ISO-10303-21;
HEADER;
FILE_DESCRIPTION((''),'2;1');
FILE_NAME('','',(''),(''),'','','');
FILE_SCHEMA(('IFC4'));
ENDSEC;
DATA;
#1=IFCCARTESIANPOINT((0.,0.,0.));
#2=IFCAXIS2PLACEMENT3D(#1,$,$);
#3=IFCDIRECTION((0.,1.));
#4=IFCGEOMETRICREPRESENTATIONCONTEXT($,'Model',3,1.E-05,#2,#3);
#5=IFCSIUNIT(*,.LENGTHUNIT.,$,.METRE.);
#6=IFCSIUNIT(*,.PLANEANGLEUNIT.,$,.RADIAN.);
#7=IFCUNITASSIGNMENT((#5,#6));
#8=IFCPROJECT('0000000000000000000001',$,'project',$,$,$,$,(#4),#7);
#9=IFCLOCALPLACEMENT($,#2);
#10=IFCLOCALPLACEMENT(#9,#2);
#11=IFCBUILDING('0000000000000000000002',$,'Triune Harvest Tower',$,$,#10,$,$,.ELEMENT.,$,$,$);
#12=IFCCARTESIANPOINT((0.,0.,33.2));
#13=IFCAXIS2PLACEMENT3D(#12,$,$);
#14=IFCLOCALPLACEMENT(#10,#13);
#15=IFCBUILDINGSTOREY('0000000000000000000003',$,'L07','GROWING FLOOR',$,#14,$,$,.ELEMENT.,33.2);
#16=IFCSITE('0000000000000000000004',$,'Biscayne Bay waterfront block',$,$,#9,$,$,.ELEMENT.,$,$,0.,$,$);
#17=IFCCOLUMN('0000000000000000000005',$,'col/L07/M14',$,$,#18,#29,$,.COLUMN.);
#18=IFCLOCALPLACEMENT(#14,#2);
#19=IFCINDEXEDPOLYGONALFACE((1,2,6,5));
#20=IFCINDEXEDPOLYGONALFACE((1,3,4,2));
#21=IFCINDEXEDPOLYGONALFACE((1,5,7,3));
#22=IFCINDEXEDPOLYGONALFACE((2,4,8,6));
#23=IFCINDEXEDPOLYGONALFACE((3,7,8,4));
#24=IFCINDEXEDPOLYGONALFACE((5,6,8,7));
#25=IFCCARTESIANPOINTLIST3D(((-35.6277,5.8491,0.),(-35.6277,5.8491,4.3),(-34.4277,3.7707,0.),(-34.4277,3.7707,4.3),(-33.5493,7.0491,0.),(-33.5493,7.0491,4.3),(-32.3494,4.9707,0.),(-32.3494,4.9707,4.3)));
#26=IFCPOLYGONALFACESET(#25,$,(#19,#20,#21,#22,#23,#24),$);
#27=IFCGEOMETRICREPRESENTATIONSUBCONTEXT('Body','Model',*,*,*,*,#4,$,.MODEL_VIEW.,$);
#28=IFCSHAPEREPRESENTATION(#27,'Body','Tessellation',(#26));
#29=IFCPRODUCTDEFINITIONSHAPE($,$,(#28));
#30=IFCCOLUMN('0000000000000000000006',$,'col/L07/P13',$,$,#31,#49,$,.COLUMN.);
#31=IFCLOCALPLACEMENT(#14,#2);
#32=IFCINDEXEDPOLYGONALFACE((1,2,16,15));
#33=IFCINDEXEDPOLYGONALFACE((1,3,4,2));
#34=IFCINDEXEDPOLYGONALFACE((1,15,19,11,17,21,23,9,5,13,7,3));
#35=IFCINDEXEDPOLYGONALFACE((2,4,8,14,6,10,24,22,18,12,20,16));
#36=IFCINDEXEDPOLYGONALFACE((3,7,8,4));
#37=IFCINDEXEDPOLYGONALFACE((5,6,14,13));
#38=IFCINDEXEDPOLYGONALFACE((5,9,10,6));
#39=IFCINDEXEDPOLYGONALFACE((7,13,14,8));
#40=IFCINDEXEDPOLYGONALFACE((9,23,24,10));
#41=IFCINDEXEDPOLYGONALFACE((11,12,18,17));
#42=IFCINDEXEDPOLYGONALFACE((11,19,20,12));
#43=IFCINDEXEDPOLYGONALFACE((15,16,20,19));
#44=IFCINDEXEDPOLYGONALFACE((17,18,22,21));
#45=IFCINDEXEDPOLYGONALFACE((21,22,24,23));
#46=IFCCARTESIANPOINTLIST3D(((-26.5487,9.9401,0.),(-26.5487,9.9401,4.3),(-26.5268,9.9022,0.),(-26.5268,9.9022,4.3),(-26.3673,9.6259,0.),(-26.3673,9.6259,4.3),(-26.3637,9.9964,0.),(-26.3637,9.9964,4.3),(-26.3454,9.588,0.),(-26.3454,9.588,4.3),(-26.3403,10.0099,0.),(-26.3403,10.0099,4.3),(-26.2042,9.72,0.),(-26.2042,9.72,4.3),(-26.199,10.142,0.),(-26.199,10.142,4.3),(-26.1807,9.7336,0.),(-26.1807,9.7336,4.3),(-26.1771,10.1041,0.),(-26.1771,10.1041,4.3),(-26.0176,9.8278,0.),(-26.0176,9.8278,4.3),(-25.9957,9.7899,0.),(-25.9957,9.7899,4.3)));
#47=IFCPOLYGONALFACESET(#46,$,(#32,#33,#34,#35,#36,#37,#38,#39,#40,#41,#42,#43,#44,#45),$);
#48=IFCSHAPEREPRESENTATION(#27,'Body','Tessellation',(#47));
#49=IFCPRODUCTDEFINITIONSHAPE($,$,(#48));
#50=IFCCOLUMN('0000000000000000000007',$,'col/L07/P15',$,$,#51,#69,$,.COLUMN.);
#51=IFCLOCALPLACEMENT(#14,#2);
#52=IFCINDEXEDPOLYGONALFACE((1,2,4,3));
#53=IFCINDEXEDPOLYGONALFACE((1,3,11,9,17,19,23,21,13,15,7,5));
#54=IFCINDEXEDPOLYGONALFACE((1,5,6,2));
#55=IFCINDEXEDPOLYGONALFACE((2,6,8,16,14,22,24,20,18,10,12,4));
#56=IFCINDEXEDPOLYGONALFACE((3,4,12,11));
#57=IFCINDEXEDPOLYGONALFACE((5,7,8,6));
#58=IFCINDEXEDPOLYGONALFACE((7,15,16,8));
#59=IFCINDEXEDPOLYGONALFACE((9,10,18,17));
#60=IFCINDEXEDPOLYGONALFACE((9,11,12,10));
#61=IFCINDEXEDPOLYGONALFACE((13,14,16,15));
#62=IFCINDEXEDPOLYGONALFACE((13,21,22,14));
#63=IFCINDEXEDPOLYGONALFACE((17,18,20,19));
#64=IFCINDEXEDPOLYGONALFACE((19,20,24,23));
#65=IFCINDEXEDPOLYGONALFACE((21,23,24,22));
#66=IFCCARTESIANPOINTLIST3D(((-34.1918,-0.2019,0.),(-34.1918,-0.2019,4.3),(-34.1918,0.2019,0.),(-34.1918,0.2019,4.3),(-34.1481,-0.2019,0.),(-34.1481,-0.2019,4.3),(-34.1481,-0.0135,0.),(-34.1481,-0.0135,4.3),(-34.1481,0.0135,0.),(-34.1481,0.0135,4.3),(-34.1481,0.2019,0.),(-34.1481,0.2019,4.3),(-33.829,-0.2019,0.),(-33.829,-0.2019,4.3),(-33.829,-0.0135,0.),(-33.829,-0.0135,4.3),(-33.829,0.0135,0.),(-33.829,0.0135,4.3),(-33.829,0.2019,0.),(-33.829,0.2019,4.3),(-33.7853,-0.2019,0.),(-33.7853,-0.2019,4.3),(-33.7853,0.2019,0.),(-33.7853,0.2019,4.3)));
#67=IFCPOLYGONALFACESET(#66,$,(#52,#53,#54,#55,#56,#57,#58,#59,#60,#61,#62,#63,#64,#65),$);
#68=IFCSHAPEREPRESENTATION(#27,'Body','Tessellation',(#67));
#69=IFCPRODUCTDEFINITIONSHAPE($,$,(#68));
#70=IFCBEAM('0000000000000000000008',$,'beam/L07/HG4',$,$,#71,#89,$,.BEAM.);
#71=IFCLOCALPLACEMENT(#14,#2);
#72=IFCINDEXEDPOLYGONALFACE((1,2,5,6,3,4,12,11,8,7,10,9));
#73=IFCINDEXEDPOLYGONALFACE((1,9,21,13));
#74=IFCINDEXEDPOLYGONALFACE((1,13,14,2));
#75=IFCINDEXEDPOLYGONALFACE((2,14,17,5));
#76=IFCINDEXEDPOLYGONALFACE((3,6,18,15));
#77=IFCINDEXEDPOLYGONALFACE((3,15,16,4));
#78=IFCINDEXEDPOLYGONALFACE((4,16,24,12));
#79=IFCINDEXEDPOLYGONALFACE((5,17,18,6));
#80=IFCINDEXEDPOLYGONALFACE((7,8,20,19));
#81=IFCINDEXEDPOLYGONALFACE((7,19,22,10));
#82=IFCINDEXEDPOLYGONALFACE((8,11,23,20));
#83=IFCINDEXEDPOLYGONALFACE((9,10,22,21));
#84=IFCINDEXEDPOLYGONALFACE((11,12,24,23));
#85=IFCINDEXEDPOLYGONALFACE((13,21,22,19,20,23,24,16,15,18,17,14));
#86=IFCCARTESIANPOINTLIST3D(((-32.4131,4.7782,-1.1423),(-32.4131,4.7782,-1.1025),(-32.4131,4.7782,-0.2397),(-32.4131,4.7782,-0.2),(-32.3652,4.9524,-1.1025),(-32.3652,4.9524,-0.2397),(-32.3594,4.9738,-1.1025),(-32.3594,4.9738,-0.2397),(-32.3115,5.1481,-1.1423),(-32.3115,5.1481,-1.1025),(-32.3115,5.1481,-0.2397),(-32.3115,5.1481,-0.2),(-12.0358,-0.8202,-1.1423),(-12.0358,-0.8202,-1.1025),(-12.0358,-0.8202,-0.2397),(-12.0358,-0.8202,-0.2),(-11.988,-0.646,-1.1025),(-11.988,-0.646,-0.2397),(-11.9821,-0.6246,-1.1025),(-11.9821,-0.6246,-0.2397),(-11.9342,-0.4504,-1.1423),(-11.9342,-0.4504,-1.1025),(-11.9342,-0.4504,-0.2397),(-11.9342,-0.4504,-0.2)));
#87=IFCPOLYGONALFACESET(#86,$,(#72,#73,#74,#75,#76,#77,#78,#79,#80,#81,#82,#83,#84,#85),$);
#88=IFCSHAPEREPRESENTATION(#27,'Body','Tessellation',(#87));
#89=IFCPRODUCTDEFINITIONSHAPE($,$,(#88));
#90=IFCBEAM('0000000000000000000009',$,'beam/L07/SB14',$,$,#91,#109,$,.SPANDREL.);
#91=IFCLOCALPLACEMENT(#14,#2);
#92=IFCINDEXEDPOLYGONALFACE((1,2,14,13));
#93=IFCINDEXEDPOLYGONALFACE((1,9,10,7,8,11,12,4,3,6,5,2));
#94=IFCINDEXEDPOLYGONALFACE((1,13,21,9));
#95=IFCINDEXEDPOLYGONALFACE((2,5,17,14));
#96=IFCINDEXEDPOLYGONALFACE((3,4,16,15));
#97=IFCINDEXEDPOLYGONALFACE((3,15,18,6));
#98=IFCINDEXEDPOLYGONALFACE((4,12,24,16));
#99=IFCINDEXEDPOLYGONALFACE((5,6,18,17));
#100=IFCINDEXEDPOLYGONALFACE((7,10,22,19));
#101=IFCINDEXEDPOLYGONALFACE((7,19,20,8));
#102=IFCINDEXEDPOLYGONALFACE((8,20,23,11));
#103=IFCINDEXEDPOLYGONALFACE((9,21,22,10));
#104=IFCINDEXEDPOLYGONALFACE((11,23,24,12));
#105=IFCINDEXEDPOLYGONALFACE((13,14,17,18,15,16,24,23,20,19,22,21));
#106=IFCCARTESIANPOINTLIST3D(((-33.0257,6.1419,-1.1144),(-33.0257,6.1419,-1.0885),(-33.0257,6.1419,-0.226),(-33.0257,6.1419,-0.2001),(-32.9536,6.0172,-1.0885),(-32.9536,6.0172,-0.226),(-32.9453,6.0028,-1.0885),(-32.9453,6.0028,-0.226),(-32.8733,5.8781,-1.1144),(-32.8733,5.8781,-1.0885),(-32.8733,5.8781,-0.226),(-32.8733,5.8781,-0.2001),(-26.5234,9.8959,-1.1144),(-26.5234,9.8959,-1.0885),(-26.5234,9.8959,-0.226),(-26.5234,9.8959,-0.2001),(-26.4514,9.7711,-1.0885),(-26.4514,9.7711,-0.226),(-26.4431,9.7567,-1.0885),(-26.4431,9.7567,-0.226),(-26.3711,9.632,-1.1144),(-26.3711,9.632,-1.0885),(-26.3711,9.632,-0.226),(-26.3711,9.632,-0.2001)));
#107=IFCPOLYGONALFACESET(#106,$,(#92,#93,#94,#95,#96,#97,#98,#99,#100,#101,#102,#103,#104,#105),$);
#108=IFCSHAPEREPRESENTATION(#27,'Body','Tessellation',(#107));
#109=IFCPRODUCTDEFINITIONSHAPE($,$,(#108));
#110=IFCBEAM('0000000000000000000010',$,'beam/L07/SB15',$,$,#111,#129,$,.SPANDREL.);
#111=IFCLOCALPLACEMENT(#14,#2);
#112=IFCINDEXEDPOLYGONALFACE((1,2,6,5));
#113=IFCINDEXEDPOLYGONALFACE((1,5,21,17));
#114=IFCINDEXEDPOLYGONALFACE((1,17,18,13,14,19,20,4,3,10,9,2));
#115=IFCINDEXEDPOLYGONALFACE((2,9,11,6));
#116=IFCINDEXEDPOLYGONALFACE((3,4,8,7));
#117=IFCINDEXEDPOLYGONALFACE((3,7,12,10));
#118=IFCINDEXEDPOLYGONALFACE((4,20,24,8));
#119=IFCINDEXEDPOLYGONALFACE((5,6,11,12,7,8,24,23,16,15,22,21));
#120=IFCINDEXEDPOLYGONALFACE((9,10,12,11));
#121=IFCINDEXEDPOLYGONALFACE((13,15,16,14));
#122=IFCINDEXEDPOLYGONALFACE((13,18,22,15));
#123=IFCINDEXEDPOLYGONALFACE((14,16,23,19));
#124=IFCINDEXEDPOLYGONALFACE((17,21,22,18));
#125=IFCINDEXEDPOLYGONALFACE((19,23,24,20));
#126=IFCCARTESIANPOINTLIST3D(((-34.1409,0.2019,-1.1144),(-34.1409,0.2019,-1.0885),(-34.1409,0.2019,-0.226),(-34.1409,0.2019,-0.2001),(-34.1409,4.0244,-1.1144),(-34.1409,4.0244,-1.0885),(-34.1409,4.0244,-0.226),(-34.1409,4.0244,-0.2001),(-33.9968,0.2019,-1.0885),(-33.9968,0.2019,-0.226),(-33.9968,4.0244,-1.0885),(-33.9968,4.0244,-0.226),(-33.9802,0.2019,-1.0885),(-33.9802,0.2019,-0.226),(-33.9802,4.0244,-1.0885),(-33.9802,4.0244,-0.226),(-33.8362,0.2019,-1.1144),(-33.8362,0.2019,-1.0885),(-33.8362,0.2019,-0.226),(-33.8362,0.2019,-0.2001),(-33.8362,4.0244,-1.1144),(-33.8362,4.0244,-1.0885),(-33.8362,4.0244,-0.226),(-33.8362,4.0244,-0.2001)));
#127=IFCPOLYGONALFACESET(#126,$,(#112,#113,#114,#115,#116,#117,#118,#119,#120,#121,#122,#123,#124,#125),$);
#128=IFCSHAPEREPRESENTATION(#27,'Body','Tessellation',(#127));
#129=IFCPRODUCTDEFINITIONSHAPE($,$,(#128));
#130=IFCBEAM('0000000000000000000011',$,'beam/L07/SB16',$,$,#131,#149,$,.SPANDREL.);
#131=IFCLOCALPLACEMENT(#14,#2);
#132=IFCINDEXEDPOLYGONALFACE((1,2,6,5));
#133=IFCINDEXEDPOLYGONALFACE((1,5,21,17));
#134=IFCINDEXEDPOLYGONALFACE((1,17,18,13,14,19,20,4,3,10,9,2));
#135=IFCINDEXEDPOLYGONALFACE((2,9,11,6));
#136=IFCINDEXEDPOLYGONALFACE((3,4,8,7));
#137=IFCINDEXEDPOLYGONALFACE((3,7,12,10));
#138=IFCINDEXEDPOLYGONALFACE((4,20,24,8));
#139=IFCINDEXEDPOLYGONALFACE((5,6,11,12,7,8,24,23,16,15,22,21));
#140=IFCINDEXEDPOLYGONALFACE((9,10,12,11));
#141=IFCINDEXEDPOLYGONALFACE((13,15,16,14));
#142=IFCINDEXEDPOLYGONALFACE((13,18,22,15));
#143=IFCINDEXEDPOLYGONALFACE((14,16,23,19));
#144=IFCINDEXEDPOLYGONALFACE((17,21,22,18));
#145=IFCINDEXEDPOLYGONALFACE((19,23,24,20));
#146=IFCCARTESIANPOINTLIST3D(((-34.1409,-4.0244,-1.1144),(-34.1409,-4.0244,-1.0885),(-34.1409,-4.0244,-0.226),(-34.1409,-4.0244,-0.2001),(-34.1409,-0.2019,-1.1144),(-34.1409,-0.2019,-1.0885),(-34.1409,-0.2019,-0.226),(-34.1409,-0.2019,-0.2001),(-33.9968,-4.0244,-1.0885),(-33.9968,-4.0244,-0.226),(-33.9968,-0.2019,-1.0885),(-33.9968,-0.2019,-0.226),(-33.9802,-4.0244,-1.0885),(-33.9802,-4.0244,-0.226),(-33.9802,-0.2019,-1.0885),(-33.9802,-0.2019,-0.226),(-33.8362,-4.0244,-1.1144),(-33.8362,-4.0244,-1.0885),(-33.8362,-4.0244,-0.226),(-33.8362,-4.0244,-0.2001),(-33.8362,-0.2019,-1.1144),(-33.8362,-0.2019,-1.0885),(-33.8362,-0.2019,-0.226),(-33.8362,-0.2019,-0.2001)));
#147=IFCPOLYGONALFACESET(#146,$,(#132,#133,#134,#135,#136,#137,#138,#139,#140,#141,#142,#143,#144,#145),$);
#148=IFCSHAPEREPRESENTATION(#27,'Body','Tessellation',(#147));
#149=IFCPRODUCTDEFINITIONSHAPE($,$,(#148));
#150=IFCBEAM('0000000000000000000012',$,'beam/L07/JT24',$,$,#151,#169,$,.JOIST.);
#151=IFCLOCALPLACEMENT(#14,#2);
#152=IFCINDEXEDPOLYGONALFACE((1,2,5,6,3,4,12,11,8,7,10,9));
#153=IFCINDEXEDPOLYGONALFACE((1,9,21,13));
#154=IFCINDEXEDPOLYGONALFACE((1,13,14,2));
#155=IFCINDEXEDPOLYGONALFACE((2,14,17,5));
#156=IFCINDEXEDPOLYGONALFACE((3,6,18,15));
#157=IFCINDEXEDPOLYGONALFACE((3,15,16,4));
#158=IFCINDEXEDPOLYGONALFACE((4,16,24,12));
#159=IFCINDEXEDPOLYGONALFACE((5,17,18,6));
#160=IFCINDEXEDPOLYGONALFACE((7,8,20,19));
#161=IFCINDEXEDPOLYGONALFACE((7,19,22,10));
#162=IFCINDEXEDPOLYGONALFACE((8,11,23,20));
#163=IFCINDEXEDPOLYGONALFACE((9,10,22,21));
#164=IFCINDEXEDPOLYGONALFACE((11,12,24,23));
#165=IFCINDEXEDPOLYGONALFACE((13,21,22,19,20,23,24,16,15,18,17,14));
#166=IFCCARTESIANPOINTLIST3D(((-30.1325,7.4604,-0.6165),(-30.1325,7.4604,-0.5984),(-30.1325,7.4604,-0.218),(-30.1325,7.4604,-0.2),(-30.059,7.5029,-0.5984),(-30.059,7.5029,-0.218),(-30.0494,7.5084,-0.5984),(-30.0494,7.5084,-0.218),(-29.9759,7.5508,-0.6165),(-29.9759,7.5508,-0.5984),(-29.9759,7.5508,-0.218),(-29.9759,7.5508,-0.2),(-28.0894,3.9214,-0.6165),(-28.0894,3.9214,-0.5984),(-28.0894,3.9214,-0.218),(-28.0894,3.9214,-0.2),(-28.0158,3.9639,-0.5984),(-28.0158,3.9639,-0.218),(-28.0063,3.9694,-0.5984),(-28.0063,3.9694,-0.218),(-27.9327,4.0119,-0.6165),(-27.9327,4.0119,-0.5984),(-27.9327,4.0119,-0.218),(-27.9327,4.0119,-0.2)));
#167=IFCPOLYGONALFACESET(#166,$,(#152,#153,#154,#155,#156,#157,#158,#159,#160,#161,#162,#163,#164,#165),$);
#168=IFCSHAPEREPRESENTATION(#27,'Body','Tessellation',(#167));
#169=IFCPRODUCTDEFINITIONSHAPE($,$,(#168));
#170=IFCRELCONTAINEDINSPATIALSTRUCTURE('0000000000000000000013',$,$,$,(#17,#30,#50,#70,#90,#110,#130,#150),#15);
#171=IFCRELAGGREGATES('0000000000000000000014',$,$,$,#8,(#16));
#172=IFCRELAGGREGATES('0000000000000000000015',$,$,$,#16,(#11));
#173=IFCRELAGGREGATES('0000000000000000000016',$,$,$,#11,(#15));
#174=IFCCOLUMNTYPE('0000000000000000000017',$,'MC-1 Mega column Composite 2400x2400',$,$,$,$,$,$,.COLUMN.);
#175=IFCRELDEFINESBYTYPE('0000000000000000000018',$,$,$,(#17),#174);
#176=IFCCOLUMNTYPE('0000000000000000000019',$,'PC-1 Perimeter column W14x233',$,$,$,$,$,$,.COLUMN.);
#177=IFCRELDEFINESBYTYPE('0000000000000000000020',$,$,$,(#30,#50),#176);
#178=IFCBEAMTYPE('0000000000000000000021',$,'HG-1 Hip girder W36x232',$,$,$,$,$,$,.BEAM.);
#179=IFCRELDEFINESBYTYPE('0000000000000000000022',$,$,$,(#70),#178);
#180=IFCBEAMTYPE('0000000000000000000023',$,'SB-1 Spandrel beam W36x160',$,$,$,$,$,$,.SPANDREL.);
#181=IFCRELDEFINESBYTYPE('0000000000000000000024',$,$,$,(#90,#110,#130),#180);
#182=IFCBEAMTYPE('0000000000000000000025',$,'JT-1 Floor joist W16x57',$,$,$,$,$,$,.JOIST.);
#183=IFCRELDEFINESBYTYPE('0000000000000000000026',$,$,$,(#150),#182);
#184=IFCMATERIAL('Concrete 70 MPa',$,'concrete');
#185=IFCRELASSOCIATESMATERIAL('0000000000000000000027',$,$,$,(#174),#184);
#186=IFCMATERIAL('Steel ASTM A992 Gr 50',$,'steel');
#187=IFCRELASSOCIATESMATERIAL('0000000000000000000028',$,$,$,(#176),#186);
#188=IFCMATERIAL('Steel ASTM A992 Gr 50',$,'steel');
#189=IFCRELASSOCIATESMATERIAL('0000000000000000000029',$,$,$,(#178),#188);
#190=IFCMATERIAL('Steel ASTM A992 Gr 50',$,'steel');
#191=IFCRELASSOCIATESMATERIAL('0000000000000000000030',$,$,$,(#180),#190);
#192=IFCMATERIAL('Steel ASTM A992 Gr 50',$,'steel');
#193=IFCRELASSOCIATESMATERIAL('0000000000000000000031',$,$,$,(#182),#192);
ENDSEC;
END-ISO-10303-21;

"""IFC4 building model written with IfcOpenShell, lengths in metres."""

from ifc_helpers import new_model, si_unit, direction, frame, origin, origin_2d, place, context, subcontext, project, spatial, rectangle, i_section, extrude, source, transform, mapped, material, material_profile, profile_set, type_object, element, save


model = new_model("IFC4")

# Units and contexts
model_context = context("Model", 3, precision=1e-05, world=origin(), true_north=direction((0.0, 1.0)))
body_context = subcontext(model_context, "Body", "Model", "MODEL_VIEW")
ifc_project = project(units=[si_unit("LENGTHUNIT", "METRE"), si_unit("PLANEANGLEUNIT", "RADIAN")], contexts=[model_context])

# Site, building, storey
site_placement = place(None, origin())
site = spatial("IfcSite", under=ifc_project, at=site_placement, Name="Biscayne Bay waterfront block", CompositionType="ELEMENT", RefElevation=0.0)
building_placement = place(site_placement, origin())
building = spatial("IfcBuilding", under=site, at=building_placement, Name="Triune Harvest Tower", CompositionType="ELEMENT")
storey_placement = place(building_placement, frame((0.0, 0.0, 33.2)))
storey = spatial("IfcBuildingStorey", under=building, at=storey_placement, Name="L07", Description="GROWING FLOOR", CompositionType="ELEMENT", Elevation=33.2)

# Columns
ifc_material_1 = material(Name="Concrete 70 MPa", Category="concrete")
ifc_material_profile_1 = material_profile(ifc_material_1, rectangle(XDim=2.3999, YDim=2.3999, at=origin_2d()), Name="Composite 2400x2400")
ifc_profile_set_1 = profile_set([ifc_material_profile_1], Name="Concrete 70 MPa")
column_type_1 = type_object("IfcColumnType", Name="MC-1 Mega column Composite 2400x2400", PredefinedType="COLUMN", material=ifc_profile_set_1)
shared_shape_1 = source(origin(), body_context, "Body", "SweptSolid", [
    extrude(rectangle(XDim=2.3999, YDim=2.3999, at=origin_2d()), origin(), (0.0, 0.0, 1.0), 4.3),
])
column_placement = place(storey_placement, frame((-33.9885, 5.4099, 0.0), z_axis=(0.0, 0.0, 1.0), x_axis=(-0.866025, -0.5, 0.0)))
element("IfcColumn", 1, at=column_placement, inside=storey, type_object=column_type_1, Name="col/L07/M14", PredefinedType="COLUMN", context=body_context, shape_type="MappedRepresentation", body=[
    mapped(shared_shape_1, transform((0.0, 0.0, 0.0), scale=1.0)),
])
ifc_material_2 = material(Name="Steel ASTM A992 Gr 50", Category="steel")
ifc_material_profile_2 = material_profile(ifc_material_2, i_section(OverallWidth=0.4038, OverallDepth=0.4065, WebThickness=0.0271, FlangeThickness=0.0437, at=origin_2d()), Name="W14x233")
ifc_profile_set_2 = profile_set([ifc_material_profile_2], Name="Steel ASTM A992 Gr 50")
column_type_2 = type_object("IfcColumnType", Name="PC-1 Perimeter column W14x233", PredefinedType="COLUMN", material=ifc_profile_set_2)
shared_shape_2 = source(origin(), body_context, "Body", "SweptSolid", [
    extrude(i_section(OverallWidth=0.4038, OverallDepth=0.4065, WebThickness=0.0271, FlangeThickness=0.0437, at=origin_2d()), origin(), (0.0, 0.0, 1.0), 4.3),
])
for number, where, z_axis, x_axis, name in (
    (2, (-26.2722, 9.865, 0.0), (0.0, 0.0, 1.0), (-0.866025, -0.5, 0.0), "col/L07/P13"),
    (3, (-33.9885, 0.0, 0.0), (0.0, 0.0, 1.0), (0.0, -1.0, 0.0), "col/L07/P15"),
):
    element("IfcColumn", number, at=place(storey_placement, frame(where, z_axis=z_axis, x_axis=x_axis)), inside=storey, type_object=column_type_2, Name=name, PredefinedType="COLUMN", context=body_context, shape_type="MappedRepresentation", body=[
        mapped(shared_shape_2, transform((0.0, 0.0, 0.0), scale=1.0)),
    ])

# Beams
ifc_material_3 = material(Name="Steel ASTM A992 Gr 50", Category="steel")
ifc_material_profile_3 = material_profile(ifc_material_3, i_section(OverallWidth=0.3835, OverallDepth=0.9424, WebThickness=0.0222, FlangeThickness=0.0398, at=origin_2d()), Name="W36x232")
ifc_profile_set_3 = profile_set([ifc_material_profile_3], Name="Steel ASTM A992 Gr 50")
beam_type_1 = type_object("IfcBeamType", Name="HG-1 Hip girder W36x232", PredefinedType="BEAM", material=ifc_profile_set_3)
shared_shape_3 = source(origin(), body_context, "Body", "SweptSolid", [
    extrude(i_section(OverallWidth=0.3835, OverallDepth=0.9424, WebThickness=0.0222, FlangeThickness=0.0398, at=origin_2d()), origin(), (0.0, 0.0, 1.0), 21.1323),
])
beam_1_placement = place(storey_placement, frame((-32.3623, 4.9631, -0.6711), z_axis=(0.96427, -0.264922, 0.0), x_axis=(0.264922, 0.96427, 0.0)))
element("IfcBeam", 4, at=beam_1_placement, inside=storey, type_object=beam_type_1, Name="beam/L07/HG4", PredefinedType="BEAM", context=body_context, shape_type="MappedRepresentation", body=[
    mapped(shared_shape_3, transform((0.0, 0.0, 0.0), scale=1.0)),
])
ifc_material_4 = material(Name="Steel ASTM A992 Gr 50", Category="steel")
ifc_material_profile_4 = material_profile(ifc_material_4, i_section(OverallWidth=0.3047, OverallDepth=0.9143, WebThickness=0.0166, FlangeThickness=0.0259, at=origin_2d()), Name="W36x160")
ifc_profile_set_4 = profile_set([ifc_material_profile_4], Name="Steel ASTM A992 Gr 50")
beam_type_2 = type_object("IfcBeamType", Name="SB-1 Spandrel beam W36x160", PredefinedType="SPANDREL", material=ifc_profile_set_4)
shared_shape_4 = source(origin(), body_context, "Body", "SweptSolid", [
    extrude(i_section(OverallWidth=0.3047, OverallDepth=0.9143, WebThickness=0.0166, FlangeThickness=0.0259, at=origin_2d()), origin(), (0.0, 0.0, 1.0), 7.5081),
])
beam_2_placement = place(storey_placement, frame((-26.4473, 9.7639, -0.6572), z_axis=(-0.866033, -0.499986, 0.0), x_axis=(0.499986, -0.866033, 0.0)))
element("IfcBeam", 5, at=beam_2_placement, inside=storey, type_object=beam_type_2, Name="beam/L07/SB14", PredefinedType="SPANDREL", context=body_context, shape_type="MappedRepresentation", body=[
    mapped(shared_shape_4, transform((0.0, 0.0, 0.0), scale=1.0)),
])
shared_shape_5 = source(origin(), body_context, "Body", "SweptSolid", [
    extrude(i_section(OverallWidth=0.3047, OverallDepth=0.9143, WebThickness=0.0166, FlangeThickness=0.0259, at=origin_2d()), origin(), (0.0, 0.0, 1.0), 3.8225),
])
for number, where, z_axis, x_axis, name in (
    (6, (-33.9885, 4.0244, -0.6572), (0.0, -1.0, 0.0), (1.0, 0.0, 0.0), "beam/L07/SB15"),
    (7, (-33.9885, -0.2019, -0.6572), (0.0, -1.0, 0.0), (1.0, 0.0, 0.0), "beam/L07/SB16"),
):
    element("IfcBeam", number, at=place(storey_placement, frame(where, z_axis=z_axis, x_axis=x_axis)), inside=storey, type_object=beam_type_2, Name=name, PredefinedType="SPANDREL", context=body_context, shape_type="MappedRepresentation", body=[
        mapped(shared_shape_5, transform((0.0, 0.0, 0.0), scale=1.0)),
    ])
ifc_material_5 = material(Name="Steel ASTM A992 Gr 50", Category="steel")
ifc_material_profile_5 = material_profile(ifc_material_5, i_section(OverallWidth=0.1809, OverallDepth=0.4165, WebThickness=0.011, FlangeThickness=0.0181, at=origin_2d()), Name="W16x57")
ifc_profile_set_5 = profile_set([ifc_material_profile_5], Name="Steel ASTM A992 Gr 50")
beam_type_3 = type_object("IfcBeamType", Name="JT-1 Floor joist W16x57", PredefinedType="JOIST", material=ifc_profile_set_5)
shared_shape_6 = source(origin(), body_context, "Body", "SweptSolid", [
    extrude(i_section(OverallWidth=0.1809, OverallDepth=0.4165, WebThickness=0.011, FlangeThickness=0.0181, at=origin_2d()), origin(), (0.0, 0.0, 1.0), 4.0864),
])
beam_3_placement = place(storey_placement, frame((-30.0542, 7.5056, -0.4082), z_axis=(0.499988, -0.866032, 0.0), x_axis=(0.866032, 0.499988, 0.0)))
element("IfcBeam", 8, at=beam_3_placement, inside=storey, type_object=beam_type_3, Name="beam/L07/JT24", PredefinedType="JOIST", context=body_context, shape_type="MappedRepresentation", body=[
    mapped(shared_shape_6, transform((0.0, 0.0, 0.0), scale=1.0)),
])

save(model, "model.ifc")
